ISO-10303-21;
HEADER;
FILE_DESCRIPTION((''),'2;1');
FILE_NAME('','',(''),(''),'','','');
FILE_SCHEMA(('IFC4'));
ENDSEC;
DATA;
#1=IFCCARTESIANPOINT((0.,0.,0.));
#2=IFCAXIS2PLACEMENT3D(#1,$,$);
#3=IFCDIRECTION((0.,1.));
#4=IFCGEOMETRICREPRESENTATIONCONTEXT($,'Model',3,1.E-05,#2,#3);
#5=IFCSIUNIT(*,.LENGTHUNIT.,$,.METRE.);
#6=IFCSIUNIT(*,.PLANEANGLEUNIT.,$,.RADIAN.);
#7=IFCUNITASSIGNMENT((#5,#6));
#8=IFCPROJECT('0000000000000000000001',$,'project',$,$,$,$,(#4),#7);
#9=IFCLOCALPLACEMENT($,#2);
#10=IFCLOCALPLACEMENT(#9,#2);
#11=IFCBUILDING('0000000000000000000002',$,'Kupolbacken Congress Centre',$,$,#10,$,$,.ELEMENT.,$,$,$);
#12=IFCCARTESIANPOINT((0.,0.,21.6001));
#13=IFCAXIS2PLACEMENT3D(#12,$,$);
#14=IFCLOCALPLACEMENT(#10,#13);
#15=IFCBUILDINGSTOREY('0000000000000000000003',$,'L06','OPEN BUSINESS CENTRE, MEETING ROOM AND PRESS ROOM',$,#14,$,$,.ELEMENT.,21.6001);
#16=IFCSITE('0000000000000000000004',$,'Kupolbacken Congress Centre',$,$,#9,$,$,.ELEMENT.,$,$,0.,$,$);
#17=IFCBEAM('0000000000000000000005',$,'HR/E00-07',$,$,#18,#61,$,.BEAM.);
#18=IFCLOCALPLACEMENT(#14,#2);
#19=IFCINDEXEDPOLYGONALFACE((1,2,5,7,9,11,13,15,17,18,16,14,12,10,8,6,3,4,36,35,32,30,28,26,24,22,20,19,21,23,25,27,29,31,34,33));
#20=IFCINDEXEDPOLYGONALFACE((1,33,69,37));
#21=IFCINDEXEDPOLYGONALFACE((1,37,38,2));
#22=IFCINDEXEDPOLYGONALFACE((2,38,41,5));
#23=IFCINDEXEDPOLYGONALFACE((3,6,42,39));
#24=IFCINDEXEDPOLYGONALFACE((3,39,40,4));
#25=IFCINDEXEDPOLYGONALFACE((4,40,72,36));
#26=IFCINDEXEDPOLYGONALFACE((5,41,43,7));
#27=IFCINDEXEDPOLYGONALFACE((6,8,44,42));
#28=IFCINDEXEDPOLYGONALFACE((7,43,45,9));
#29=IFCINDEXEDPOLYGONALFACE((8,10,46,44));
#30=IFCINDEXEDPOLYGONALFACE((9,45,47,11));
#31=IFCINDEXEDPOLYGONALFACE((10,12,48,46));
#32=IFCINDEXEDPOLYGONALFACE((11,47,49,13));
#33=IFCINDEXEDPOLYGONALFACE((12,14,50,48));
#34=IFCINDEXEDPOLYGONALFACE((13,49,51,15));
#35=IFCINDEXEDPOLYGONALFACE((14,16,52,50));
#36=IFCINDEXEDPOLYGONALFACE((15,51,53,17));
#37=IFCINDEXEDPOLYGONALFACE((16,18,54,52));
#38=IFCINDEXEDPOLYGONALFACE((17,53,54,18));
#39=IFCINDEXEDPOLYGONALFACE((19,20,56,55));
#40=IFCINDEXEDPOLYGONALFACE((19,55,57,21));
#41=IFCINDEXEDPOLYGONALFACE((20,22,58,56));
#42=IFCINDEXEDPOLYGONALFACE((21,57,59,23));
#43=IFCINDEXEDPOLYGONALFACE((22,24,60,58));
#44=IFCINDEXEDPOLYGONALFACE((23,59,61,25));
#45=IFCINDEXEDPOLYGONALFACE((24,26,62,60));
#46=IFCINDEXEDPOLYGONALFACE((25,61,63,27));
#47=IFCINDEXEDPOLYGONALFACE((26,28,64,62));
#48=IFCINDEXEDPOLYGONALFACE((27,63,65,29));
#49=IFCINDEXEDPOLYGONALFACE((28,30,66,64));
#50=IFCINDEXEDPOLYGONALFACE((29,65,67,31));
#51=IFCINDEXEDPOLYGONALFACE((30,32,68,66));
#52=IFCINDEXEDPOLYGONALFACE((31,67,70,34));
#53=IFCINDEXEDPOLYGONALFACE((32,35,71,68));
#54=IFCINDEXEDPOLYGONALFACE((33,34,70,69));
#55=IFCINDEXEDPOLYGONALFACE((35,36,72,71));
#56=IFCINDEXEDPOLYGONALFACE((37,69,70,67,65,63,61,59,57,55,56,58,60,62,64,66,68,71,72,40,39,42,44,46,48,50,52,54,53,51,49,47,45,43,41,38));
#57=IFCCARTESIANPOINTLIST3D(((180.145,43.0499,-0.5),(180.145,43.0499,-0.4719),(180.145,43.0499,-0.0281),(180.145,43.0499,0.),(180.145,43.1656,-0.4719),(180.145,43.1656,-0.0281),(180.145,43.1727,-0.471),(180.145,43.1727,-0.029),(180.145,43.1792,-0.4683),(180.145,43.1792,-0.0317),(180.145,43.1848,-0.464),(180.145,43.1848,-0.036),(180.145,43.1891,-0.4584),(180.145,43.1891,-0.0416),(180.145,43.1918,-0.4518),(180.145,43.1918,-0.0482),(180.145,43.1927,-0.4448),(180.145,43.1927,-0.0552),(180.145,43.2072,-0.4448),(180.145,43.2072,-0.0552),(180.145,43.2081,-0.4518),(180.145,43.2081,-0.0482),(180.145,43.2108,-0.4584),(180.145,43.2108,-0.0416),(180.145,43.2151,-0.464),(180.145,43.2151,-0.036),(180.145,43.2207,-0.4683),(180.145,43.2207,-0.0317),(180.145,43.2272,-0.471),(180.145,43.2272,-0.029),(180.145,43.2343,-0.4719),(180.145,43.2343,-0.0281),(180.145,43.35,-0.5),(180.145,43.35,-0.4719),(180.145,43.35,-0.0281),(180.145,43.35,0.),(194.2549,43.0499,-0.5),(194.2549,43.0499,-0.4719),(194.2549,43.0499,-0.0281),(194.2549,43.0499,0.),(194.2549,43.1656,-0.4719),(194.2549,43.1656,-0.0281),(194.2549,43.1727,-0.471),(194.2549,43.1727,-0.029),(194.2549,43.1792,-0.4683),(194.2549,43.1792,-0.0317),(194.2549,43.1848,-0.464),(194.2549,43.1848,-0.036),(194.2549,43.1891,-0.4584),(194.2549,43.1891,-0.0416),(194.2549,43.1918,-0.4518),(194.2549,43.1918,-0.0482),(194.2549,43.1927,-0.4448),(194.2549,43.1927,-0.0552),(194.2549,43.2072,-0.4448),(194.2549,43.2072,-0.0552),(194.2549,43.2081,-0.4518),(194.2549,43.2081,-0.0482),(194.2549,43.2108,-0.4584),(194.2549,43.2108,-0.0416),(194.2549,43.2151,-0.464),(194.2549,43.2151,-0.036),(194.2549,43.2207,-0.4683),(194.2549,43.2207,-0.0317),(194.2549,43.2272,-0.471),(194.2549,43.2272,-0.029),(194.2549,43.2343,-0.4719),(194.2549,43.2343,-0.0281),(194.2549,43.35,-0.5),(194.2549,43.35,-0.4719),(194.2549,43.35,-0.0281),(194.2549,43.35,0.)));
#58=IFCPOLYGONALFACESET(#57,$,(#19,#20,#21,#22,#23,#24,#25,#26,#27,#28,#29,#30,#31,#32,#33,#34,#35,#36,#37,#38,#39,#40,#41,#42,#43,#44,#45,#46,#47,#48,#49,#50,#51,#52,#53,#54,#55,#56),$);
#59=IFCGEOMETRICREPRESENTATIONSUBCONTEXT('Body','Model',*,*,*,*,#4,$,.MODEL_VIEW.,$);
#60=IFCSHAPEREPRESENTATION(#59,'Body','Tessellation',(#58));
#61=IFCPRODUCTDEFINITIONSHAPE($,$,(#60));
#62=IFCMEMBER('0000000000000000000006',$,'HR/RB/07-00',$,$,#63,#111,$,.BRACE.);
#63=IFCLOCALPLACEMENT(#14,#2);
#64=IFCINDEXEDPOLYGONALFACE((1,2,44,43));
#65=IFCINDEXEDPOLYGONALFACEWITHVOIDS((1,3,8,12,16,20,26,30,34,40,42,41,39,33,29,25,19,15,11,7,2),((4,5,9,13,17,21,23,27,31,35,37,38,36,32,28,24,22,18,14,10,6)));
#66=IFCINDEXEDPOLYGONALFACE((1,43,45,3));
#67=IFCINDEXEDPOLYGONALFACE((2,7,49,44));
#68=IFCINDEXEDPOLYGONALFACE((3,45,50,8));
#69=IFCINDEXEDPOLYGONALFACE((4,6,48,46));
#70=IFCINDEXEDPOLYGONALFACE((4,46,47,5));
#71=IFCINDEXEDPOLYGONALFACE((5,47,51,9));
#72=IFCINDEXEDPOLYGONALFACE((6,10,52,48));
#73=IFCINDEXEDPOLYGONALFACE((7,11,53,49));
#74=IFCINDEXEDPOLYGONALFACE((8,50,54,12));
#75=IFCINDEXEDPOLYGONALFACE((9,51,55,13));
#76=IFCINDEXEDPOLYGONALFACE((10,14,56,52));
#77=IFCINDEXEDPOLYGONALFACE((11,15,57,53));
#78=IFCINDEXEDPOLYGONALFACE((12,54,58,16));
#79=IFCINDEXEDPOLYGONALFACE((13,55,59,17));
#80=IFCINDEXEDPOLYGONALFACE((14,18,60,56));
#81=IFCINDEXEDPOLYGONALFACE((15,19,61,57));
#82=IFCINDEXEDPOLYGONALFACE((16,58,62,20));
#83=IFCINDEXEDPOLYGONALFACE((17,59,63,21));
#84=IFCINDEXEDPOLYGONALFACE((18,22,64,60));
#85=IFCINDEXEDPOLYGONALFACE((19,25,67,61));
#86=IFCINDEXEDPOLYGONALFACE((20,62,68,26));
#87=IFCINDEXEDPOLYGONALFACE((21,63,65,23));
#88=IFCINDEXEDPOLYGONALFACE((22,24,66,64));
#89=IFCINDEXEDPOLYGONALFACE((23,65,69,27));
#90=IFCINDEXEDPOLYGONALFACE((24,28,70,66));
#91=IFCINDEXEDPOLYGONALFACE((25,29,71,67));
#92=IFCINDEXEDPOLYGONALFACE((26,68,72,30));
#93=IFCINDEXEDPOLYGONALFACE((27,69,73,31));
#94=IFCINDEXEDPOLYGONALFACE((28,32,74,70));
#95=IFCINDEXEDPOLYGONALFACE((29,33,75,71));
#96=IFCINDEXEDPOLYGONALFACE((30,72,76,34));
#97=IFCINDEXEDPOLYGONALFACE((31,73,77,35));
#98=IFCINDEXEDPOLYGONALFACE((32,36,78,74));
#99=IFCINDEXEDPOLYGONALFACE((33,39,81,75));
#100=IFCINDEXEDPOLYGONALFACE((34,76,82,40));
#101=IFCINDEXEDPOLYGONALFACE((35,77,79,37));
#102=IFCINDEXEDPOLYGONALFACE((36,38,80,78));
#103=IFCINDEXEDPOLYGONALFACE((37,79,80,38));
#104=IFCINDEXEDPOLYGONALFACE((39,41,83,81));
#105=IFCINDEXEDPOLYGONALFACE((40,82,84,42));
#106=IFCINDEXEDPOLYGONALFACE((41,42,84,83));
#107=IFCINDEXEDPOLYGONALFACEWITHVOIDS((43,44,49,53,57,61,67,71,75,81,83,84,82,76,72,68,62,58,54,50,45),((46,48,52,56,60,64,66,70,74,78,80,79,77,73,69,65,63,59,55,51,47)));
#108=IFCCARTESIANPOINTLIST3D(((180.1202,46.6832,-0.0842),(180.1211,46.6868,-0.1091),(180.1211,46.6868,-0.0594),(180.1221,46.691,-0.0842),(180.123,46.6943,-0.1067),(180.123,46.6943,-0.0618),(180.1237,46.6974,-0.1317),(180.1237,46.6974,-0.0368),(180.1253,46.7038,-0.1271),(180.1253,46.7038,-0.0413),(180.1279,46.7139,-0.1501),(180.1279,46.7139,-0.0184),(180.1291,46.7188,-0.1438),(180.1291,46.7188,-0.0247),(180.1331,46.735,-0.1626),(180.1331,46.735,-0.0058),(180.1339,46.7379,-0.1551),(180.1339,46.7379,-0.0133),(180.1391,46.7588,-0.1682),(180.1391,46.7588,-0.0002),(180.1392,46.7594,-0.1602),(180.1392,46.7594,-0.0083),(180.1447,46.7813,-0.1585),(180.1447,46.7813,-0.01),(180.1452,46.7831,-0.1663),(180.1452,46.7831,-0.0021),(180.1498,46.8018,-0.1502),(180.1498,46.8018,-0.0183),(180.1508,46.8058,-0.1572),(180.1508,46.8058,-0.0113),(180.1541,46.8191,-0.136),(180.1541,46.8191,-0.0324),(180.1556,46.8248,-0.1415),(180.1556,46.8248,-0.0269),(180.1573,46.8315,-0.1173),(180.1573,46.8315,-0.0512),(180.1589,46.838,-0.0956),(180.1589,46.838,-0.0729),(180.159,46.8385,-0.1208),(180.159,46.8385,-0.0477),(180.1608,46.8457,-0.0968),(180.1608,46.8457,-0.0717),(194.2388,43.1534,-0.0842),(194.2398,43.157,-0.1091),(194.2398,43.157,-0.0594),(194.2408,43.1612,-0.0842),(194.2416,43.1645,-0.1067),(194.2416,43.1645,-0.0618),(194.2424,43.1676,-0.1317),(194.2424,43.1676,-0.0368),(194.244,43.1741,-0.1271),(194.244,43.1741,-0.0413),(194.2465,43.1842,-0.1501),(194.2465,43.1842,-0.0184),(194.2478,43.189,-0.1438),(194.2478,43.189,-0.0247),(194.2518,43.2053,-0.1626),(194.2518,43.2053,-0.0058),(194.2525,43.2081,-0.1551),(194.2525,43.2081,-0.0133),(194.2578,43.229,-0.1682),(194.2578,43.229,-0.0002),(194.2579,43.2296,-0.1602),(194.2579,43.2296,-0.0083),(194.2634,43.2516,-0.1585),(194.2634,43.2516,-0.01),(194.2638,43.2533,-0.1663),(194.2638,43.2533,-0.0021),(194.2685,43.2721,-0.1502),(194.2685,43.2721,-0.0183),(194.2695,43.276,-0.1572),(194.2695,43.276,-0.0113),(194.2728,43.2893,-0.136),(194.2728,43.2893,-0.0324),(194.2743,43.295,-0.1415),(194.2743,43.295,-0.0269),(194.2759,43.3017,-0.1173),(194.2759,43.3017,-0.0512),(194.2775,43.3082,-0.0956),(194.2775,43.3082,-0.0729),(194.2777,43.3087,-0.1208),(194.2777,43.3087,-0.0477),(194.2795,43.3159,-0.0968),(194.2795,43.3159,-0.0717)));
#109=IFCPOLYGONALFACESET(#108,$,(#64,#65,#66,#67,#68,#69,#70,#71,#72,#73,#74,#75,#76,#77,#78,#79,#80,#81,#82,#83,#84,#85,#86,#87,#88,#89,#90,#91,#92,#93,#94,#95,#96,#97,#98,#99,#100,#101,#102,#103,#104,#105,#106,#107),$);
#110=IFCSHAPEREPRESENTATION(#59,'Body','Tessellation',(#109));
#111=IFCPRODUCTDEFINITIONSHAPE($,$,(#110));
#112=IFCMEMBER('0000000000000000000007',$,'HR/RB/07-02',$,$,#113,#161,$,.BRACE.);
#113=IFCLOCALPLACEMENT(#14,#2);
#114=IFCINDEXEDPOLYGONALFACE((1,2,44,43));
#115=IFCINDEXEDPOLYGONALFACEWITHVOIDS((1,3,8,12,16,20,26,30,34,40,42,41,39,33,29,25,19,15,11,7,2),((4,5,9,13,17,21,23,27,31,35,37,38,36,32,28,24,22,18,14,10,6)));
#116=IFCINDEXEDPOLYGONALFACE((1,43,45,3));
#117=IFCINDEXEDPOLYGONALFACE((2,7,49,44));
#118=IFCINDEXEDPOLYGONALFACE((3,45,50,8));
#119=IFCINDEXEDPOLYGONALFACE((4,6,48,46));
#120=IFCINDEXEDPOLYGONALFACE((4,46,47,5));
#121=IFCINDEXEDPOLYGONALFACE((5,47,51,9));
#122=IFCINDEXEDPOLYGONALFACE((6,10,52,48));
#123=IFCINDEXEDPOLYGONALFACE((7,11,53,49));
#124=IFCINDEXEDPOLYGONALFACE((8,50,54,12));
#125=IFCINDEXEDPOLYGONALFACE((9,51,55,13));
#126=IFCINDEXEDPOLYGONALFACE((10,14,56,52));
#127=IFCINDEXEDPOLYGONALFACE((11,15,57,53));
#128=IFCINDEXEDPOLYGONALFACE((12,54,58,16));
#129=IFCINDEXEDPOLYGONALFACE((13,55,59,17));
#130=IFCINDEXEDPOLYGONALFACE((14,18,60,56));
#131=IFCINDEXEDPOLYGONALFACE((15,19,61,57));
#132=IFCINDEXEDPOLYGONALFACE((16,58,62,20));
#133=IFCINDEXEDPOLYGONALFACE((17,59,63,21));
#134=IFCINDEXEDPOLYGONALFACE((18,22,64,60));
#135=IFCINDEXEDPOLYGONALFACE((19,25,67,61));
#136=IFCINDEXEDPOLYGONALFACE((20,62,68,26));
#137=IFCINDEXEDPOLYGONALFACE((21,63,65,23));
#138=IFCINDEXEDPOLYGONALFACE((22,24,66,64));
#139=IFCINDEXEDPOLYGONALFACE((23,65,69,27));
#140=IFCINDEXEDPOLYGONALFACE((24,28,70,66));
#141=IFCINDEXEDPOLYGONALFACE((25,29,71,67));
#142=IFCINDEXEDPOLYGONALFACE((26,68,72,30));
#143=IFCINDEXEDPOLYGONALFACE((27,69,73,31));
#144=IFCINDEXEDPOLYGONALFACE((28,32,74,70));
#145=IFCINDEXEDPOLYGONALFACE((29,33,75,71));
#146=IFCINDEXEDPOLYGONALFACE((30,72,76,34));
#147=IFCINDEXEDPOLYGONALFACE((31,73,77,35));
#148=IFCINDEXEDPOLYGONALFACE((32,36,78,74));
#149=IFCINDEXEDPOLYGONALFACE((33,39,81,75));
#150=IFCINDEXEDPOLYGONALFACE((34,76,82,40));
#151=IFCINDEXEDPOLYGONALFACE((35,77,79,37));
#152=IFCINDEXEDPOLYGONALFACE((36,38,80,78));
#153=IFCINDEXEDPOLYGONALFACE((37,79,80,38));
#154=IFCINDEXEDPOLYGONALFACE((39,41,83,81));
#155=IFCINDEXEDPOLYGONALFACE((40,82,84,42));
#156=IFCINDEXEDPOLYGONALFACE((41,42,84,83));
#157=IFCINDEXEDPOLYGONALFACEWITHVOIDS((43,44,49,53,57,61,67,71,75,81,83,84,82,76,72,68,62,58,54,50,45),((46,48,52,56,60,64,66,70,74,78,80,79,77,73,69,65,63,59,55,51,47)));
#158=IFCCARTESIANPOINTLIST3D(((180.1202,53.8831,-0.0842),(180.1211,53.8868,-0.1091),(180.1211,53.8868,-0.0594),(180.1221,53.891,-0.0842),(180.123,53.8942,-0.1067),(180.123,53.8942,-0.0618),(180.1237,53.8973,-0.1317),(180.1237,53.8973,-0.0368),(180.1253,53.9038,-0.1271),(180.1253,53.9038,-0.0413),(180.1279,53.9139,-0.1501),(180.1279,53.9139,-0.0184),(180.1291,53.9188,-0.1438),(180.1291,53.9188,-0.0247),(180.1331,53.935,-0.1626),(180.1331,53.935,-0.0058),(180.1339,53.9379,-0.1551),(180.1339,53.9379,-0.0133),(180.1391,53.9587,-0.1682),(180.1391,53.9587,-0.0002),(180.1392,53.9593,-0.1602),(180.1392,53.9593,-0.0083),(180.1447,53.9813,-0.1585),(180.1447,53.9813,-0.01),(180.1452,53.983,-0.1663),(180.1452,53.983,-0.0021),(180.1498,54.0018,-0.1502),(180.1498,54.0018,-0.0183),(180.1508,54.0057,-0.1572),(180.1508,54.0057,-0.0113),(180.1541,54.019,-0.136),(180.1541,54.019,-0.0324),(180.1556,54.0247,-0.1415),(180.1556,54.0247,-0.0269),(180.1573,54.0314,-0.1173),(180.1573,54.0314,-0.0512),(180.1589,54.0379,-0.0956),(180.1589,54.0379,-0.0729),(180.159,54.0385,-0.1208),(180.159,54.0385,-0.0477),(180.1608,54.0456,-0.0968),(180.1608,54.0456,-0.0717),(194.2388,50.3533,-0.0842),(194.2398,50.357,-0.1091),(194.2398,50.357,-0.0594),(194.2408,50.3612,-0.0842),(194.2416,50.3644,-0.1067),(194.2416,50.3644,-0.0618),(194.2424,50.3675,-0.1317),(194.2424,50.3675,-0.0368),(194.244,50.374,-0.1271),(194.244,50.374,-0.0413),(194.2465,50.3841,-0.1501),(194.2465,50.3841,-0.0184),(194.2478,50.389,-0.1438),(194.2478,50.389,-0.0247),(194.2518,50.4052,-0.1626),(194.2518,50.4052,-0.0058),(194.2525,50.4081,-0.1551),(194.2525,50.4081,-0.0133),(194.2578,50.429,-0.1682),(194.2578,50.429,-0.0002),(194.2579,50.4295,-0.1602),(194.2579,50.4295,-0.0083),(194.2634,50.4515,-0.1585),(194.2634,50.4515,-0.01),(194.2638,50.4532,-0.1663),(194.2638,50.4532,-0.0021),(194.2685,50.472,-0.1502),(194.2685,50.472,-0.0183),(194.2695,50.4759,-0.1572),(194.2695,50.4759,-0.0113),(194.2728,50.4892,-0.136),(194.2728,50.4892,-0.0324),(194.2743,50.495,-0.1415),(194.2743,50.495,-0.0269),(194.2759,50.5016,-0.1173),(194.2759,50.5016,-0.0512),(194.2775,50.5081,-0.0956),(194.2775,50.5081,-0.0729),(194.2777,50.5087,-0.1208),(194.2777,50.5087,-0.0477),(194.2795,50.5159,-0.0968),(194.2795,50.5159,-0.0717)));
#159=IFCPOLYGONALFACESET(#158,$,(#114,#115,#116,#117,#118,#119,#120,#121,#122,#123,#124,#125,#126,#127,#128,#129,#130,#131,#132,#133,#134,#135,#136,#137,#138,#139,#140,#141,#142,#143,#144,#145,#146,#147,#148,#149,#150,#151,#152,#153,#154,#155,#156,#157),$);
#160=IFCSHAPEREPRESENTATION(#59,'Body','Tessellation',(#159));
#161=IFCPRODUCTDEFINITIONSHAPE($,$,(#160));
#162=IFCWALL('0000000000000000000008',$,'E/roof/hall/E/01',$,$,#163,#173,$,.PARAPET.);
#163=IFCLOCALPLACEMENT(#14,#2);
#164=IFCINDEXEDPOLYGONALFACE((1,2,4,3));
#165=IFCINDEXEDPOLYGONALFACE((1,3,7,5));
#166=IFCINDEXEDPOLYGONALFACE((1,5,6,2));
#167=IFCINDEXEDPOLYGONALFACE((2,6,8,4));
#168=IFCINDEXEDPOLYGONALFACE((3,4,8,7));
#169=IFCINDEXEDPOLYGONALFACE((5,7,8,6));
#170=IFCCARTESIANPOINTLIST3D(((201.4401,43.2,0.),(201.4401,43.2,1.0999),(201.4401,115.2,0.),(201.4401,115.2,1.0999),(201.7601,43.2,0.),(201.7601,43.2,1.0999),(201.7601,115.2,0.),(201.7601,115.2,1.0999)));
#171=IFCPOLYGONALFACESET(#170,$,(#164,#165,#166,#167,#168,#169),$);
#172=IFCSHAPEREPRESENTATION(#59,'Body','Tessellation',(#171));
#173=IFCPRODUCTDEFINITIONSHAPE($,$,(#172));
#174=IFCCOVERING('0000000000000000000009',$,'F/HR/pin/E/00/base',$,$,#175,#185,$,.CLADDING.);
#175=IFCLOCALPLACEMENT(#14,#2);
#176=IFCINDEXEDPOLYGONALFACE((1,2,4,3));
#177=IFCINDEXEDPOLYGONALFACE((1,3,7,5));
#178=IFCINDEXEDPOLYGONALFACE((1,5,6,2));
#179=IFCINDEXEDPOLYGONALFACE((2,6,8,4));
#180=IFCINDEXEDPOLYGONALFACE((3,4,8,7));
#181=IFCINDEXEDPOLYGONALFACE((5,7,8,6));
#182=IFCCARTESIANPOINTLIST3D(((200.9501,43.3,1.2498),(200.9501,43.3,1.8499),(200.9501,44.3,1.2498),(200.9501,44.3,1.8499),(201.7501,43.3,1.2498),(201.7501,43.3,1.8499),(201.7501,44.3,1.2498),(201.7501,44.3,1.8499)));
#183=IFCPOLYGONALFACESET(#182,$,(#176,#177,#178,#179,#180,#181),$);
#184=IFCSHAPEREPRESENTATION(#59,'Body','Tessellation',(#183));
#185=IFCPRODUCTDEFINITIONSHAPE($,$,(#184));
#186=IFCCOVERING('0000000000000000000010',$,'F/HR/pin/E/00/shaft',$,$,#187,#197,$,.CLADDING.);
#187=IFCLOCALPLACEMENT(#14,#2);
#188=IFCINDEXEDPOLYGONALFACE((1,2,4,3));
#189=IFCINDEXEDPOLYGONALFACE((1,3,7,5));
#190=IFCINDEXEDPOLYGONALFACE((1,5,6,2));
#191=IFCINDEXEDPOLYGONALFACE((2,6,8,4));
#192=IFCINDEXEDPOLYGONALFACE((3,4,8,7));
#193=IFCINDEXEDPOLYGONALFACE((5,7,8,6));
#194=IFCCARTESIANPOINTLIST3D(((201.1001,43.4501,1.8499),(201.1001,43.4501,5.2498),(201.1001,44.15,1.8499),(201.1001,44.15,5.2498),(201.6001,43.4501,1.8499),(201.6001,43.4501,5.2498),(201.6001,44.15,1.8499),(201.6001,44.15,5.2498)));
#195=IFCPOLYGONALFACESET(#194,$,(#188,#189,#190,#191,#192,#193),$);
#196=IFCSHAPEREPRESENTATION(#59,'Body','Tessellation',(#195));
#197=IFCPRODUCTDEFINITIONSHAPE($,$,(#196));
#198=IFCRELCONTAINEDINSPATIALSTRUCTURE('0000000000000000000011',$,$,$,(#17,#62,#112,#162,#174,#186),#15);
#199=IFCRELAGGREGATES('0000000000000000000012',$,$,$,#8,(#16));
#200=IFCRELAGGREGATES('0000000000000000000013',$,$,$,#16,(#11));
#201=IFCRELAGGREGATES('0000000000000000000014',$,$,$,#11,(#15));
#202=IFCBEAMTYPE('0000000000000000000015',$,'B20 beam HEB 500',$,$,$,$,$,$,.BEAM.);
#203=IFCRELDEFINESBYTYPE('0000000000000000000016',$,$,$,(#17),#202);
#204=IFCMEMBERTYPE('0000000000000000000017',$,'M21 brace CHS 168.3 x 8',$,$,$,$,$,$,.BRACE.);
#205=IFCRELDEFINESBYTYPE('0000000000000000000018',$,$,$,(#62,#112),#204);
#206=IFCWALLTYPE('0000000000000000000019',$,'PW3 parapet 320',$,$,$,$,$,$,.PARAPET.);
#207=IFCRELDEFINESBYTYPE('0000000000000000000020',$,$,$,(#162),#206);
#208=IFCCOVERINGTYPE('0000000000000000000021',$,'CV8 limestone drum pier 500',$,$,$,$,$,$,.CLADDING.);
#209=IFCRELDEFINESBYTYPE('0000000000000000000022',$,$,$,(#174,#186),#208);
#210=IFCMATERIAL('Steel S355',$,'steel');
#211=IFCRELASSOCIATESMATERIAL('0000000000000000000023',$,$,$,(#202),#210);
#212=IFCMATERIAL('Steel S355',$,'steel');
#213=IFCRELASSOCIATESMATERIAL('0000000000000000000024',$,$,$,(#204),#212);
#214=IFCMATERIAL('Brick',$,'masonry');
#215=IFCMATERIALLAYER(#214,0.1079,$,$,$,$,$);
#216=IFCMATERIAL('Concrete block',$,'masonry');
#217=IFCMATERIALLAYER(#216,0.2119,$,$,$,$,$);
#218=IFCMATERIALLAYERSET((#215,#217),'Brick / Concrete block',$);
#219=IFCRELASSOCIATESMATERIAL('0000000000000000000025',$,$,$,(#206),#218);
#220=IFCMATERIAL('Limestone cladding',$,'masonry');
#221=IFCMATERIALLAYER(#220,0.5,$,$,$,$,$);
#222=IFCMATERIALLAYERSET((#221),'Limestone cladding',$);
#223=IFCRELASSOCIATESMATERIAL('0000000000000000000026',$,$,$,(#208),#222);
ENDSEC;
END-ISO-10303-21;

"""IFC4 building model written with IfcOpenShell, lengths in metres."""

from ifc_helpers import new_model, si_unit, direction, frame, frame_2d, origin, origin_2d, place, context, subcontext, project, spatial, rectangle, hollow_circle, i_section, extrude, material, layer, layer_set, material_profile, profile_set, type_object, element, save


model = new_model("IFC4")

# Units and contexts
model_context = context("Model", 3, precision=1e-05, world=origin(), true_north=direction((0.0, 1.0)))
body_context = subcontext(model_context, "Body", "Model", "MODEL_VIEW")
ifc_project = project(units=[si_unit("LENGTHUNIT", "METRE"), si_unit("PLANEANGLEUNIT", "RADIAN")], contexts=[model_context])

# Site, building, storey
site_placement = place(None, origin())
site = spatial("IfcSite", under=ifc_project, at=site_placement, Name="Kupolbacken Congress Centre", CompositionType="ELEMENT", RefElevation=0.0)
building_placement = place(site_placement, origin())
building = spatial("IfcBuilding", under=site, at=building_placement, Name="Kupolbacken Congress Centre", CompositionType="ELEMENT")
storey_placement = place(building_placement, frame((0.0, 0.0, 21.6001)))
storey = spatial("IfcBuildingStorey", under=building, at=storey_placement, Name="L06", Description="OPEN BUSINESS CENTRE, MEETING ROOM AND PRESS ROOM", CompositionType="ELEMENT", Elevation=21.6001)

# Beam
ifc_material_1 = material(Name="Steel S355", Category="steel")
ifc_material_profile_1 = material_profile(ifc_material_1, i_section(OverallWidth=0.3, OverallDepth=0.5, WebThickness=0.0144, FlangeThickness=0.0281, FilletRadius=0.0271, at=origin_2d()), Name="HEB 500")
ifc_profile_set_1 = profile_set([ifc_material_profile_1], Name="Steel S355")
beam_type_1 = type_object("IfcBeamType", Name="B20 beam HEB 500", PredefinedType="BEAM", material=ifc_profile_set_1)
beam_1_placement = place(storey_placement, frame((180.145, 43.2, -0.25), z_axis=(1.0, 0.0, 0.0), x_axis=(0.0, 1.0, 0.0)))
element("IfcBeam", 1, at=beam_1_placement, inside=storey, type_object=beam_type_1, Name="HR/E00-07", PredefinedType="BEAM", context=body_context, shape_type="SweptSolid", body=[
    extrude(i_section(OverallWidth=0.3, OverallDepth=0.5, WebThickness=0.0144, FlangeThickness=0.0281, FilletRadius=0.0271, at=origin_2d()), origin(), (0.0, 0.0, 1.0), 14.1099),
])

# Members
ifc_material_2 = material(Name="Steel S355", Category="steel")
ifc_material_profile_2 = material_profile(ifc_material_2, hollow_circle(Radius=0.0842, WallThickness=0.0081, at=origin_2d()), Name="CHS 168.3 x 8")
ifc_profile_set_2 = profile_set([ifc_material_profile_2], Name="Steel S355")
member_type = type_object("IfcMemberType", Name="M21 brace CHS 168.3 x 8", PredefinedType="BRACE", material=ifc_profile_set_2)
for number, where, z_axis, x_axis, name in (
    (2, (194.2593, 43.2351, -0.0842), (-0.970141, 0.242544, 0.0), (-0.242544, -0.970141, 0.0), "HR/RB/07-00"),
    (3, (194.2593, 50.4351, -0.0842), (-0.970141, 0.242544, 0.0), (-0.242544, -0.970141, 0.0), "HR/RB/07-02"),
):
    element("IfcMember", number, at=place(storey_placement, frame(where, z_axis=z_axis, x_axis=x_axis)), inside=storey, type_object=member_type, Name=name, PredefinedType="BRACE", context=body_context, shape_type="SweptSolid", body=[
        extrude(hollow_circle(Radius=0.0842, WallThickness=0.0081, at=origin_2d()), origin(), (0.0, 0.0, 1.0), 14.5532),
    ])

# Wall
ifc_material_3 = material(Name="Brick", Category="masonry")
ifc_layer_1 = layer(ifc_material_3, 0.1079)
ifc_material_4 = material(Name="Concrete block", Category="masonry")
ifc_layer_2 = layer(ifc_material_4, 0.2119)
ifc_layer_set_1 = layer_set([ifc_layer_1, ifc_layer_2], Name="Brick / Concrete block")
wall_type = type_object("IfcWallType", Name="PW3 parapet 320", PredefinedType="PARAPET", material=ifc_layer_set_1)
wall_placement = place(storey_placement, frame((201.6001, 43.2, 0.0), z_axis=(0.0, 0.0, 1.0), x_axis=(0.0, 1.0, 0.0)))
element("IfcWall", 4, at=wall_placement, inside=storey, type_object=wall_type, Name="E/roof/hall/E/01", PredefinedType="PARAPET", context=body_context, shape_type="SweptSolid", body=[
    extrude(rectangle(XDim=72.0, YDim=0.3201, at=frame_2d((36.0, 0.0))), origin(), (0.0, 0.0, 1.0), 1.0999),
])

# Coverings
ifc_material_5 = material(Name="Limestone cladding", Category="masonry")
ifc_layer_3 = layer(ifc_material_5, 0.5)
ifc_layer_set_2 = layer_set([ifc_layer_3], Name="Limestone cladding")
covering_type = type_object("IfcCoveringType", Name="CV8 limestone drum pier 500", PredefinedType="CLADDING", material=ifc_layer_set_2)
covering_1_placement = place(storey_placement, frame((201.3501, 43.8, 1.2498), z_axis=(0.0, 0.0, 1.0), x_axis=(0.0, 1.0, 0.0)))
element("IfcCovering", 5, at=covering_1_placement, inside=storey, type_object=covering_type, Name="F/HR/pin/E/00/base", PredefinedType="CLADDING", context=body_context, shape_type="SweptSolid", body=[
    extrude(rectangle(XDim=1.0, YDim=0.8, at=origin_2d()), origin(), (0.0, 0.0, 1.0), 0.6001),
])
covering_2_placement = place(storey_placement, frame((201.3501, 43.8, 1.8499), z_axis=(0.0, 0.0, 1.0), x_axis=(0.0, 1.0, 0.0)))
element("IfcCovering", 6, at=covering_2_placement, inside=storey, type_object=covering_type, Name="F/HR/pin/E/00/shaft", PredefinedType="CLADDING", context=body_context, shape_type="SweptSolid", body=[
    extrude(rectangle(XDim=0.7, YDim=0.5, at=origin_2d()), origin(), (0.0, 0.0, 1.0), 3.3999),
])

save(model, "model.ifc")
